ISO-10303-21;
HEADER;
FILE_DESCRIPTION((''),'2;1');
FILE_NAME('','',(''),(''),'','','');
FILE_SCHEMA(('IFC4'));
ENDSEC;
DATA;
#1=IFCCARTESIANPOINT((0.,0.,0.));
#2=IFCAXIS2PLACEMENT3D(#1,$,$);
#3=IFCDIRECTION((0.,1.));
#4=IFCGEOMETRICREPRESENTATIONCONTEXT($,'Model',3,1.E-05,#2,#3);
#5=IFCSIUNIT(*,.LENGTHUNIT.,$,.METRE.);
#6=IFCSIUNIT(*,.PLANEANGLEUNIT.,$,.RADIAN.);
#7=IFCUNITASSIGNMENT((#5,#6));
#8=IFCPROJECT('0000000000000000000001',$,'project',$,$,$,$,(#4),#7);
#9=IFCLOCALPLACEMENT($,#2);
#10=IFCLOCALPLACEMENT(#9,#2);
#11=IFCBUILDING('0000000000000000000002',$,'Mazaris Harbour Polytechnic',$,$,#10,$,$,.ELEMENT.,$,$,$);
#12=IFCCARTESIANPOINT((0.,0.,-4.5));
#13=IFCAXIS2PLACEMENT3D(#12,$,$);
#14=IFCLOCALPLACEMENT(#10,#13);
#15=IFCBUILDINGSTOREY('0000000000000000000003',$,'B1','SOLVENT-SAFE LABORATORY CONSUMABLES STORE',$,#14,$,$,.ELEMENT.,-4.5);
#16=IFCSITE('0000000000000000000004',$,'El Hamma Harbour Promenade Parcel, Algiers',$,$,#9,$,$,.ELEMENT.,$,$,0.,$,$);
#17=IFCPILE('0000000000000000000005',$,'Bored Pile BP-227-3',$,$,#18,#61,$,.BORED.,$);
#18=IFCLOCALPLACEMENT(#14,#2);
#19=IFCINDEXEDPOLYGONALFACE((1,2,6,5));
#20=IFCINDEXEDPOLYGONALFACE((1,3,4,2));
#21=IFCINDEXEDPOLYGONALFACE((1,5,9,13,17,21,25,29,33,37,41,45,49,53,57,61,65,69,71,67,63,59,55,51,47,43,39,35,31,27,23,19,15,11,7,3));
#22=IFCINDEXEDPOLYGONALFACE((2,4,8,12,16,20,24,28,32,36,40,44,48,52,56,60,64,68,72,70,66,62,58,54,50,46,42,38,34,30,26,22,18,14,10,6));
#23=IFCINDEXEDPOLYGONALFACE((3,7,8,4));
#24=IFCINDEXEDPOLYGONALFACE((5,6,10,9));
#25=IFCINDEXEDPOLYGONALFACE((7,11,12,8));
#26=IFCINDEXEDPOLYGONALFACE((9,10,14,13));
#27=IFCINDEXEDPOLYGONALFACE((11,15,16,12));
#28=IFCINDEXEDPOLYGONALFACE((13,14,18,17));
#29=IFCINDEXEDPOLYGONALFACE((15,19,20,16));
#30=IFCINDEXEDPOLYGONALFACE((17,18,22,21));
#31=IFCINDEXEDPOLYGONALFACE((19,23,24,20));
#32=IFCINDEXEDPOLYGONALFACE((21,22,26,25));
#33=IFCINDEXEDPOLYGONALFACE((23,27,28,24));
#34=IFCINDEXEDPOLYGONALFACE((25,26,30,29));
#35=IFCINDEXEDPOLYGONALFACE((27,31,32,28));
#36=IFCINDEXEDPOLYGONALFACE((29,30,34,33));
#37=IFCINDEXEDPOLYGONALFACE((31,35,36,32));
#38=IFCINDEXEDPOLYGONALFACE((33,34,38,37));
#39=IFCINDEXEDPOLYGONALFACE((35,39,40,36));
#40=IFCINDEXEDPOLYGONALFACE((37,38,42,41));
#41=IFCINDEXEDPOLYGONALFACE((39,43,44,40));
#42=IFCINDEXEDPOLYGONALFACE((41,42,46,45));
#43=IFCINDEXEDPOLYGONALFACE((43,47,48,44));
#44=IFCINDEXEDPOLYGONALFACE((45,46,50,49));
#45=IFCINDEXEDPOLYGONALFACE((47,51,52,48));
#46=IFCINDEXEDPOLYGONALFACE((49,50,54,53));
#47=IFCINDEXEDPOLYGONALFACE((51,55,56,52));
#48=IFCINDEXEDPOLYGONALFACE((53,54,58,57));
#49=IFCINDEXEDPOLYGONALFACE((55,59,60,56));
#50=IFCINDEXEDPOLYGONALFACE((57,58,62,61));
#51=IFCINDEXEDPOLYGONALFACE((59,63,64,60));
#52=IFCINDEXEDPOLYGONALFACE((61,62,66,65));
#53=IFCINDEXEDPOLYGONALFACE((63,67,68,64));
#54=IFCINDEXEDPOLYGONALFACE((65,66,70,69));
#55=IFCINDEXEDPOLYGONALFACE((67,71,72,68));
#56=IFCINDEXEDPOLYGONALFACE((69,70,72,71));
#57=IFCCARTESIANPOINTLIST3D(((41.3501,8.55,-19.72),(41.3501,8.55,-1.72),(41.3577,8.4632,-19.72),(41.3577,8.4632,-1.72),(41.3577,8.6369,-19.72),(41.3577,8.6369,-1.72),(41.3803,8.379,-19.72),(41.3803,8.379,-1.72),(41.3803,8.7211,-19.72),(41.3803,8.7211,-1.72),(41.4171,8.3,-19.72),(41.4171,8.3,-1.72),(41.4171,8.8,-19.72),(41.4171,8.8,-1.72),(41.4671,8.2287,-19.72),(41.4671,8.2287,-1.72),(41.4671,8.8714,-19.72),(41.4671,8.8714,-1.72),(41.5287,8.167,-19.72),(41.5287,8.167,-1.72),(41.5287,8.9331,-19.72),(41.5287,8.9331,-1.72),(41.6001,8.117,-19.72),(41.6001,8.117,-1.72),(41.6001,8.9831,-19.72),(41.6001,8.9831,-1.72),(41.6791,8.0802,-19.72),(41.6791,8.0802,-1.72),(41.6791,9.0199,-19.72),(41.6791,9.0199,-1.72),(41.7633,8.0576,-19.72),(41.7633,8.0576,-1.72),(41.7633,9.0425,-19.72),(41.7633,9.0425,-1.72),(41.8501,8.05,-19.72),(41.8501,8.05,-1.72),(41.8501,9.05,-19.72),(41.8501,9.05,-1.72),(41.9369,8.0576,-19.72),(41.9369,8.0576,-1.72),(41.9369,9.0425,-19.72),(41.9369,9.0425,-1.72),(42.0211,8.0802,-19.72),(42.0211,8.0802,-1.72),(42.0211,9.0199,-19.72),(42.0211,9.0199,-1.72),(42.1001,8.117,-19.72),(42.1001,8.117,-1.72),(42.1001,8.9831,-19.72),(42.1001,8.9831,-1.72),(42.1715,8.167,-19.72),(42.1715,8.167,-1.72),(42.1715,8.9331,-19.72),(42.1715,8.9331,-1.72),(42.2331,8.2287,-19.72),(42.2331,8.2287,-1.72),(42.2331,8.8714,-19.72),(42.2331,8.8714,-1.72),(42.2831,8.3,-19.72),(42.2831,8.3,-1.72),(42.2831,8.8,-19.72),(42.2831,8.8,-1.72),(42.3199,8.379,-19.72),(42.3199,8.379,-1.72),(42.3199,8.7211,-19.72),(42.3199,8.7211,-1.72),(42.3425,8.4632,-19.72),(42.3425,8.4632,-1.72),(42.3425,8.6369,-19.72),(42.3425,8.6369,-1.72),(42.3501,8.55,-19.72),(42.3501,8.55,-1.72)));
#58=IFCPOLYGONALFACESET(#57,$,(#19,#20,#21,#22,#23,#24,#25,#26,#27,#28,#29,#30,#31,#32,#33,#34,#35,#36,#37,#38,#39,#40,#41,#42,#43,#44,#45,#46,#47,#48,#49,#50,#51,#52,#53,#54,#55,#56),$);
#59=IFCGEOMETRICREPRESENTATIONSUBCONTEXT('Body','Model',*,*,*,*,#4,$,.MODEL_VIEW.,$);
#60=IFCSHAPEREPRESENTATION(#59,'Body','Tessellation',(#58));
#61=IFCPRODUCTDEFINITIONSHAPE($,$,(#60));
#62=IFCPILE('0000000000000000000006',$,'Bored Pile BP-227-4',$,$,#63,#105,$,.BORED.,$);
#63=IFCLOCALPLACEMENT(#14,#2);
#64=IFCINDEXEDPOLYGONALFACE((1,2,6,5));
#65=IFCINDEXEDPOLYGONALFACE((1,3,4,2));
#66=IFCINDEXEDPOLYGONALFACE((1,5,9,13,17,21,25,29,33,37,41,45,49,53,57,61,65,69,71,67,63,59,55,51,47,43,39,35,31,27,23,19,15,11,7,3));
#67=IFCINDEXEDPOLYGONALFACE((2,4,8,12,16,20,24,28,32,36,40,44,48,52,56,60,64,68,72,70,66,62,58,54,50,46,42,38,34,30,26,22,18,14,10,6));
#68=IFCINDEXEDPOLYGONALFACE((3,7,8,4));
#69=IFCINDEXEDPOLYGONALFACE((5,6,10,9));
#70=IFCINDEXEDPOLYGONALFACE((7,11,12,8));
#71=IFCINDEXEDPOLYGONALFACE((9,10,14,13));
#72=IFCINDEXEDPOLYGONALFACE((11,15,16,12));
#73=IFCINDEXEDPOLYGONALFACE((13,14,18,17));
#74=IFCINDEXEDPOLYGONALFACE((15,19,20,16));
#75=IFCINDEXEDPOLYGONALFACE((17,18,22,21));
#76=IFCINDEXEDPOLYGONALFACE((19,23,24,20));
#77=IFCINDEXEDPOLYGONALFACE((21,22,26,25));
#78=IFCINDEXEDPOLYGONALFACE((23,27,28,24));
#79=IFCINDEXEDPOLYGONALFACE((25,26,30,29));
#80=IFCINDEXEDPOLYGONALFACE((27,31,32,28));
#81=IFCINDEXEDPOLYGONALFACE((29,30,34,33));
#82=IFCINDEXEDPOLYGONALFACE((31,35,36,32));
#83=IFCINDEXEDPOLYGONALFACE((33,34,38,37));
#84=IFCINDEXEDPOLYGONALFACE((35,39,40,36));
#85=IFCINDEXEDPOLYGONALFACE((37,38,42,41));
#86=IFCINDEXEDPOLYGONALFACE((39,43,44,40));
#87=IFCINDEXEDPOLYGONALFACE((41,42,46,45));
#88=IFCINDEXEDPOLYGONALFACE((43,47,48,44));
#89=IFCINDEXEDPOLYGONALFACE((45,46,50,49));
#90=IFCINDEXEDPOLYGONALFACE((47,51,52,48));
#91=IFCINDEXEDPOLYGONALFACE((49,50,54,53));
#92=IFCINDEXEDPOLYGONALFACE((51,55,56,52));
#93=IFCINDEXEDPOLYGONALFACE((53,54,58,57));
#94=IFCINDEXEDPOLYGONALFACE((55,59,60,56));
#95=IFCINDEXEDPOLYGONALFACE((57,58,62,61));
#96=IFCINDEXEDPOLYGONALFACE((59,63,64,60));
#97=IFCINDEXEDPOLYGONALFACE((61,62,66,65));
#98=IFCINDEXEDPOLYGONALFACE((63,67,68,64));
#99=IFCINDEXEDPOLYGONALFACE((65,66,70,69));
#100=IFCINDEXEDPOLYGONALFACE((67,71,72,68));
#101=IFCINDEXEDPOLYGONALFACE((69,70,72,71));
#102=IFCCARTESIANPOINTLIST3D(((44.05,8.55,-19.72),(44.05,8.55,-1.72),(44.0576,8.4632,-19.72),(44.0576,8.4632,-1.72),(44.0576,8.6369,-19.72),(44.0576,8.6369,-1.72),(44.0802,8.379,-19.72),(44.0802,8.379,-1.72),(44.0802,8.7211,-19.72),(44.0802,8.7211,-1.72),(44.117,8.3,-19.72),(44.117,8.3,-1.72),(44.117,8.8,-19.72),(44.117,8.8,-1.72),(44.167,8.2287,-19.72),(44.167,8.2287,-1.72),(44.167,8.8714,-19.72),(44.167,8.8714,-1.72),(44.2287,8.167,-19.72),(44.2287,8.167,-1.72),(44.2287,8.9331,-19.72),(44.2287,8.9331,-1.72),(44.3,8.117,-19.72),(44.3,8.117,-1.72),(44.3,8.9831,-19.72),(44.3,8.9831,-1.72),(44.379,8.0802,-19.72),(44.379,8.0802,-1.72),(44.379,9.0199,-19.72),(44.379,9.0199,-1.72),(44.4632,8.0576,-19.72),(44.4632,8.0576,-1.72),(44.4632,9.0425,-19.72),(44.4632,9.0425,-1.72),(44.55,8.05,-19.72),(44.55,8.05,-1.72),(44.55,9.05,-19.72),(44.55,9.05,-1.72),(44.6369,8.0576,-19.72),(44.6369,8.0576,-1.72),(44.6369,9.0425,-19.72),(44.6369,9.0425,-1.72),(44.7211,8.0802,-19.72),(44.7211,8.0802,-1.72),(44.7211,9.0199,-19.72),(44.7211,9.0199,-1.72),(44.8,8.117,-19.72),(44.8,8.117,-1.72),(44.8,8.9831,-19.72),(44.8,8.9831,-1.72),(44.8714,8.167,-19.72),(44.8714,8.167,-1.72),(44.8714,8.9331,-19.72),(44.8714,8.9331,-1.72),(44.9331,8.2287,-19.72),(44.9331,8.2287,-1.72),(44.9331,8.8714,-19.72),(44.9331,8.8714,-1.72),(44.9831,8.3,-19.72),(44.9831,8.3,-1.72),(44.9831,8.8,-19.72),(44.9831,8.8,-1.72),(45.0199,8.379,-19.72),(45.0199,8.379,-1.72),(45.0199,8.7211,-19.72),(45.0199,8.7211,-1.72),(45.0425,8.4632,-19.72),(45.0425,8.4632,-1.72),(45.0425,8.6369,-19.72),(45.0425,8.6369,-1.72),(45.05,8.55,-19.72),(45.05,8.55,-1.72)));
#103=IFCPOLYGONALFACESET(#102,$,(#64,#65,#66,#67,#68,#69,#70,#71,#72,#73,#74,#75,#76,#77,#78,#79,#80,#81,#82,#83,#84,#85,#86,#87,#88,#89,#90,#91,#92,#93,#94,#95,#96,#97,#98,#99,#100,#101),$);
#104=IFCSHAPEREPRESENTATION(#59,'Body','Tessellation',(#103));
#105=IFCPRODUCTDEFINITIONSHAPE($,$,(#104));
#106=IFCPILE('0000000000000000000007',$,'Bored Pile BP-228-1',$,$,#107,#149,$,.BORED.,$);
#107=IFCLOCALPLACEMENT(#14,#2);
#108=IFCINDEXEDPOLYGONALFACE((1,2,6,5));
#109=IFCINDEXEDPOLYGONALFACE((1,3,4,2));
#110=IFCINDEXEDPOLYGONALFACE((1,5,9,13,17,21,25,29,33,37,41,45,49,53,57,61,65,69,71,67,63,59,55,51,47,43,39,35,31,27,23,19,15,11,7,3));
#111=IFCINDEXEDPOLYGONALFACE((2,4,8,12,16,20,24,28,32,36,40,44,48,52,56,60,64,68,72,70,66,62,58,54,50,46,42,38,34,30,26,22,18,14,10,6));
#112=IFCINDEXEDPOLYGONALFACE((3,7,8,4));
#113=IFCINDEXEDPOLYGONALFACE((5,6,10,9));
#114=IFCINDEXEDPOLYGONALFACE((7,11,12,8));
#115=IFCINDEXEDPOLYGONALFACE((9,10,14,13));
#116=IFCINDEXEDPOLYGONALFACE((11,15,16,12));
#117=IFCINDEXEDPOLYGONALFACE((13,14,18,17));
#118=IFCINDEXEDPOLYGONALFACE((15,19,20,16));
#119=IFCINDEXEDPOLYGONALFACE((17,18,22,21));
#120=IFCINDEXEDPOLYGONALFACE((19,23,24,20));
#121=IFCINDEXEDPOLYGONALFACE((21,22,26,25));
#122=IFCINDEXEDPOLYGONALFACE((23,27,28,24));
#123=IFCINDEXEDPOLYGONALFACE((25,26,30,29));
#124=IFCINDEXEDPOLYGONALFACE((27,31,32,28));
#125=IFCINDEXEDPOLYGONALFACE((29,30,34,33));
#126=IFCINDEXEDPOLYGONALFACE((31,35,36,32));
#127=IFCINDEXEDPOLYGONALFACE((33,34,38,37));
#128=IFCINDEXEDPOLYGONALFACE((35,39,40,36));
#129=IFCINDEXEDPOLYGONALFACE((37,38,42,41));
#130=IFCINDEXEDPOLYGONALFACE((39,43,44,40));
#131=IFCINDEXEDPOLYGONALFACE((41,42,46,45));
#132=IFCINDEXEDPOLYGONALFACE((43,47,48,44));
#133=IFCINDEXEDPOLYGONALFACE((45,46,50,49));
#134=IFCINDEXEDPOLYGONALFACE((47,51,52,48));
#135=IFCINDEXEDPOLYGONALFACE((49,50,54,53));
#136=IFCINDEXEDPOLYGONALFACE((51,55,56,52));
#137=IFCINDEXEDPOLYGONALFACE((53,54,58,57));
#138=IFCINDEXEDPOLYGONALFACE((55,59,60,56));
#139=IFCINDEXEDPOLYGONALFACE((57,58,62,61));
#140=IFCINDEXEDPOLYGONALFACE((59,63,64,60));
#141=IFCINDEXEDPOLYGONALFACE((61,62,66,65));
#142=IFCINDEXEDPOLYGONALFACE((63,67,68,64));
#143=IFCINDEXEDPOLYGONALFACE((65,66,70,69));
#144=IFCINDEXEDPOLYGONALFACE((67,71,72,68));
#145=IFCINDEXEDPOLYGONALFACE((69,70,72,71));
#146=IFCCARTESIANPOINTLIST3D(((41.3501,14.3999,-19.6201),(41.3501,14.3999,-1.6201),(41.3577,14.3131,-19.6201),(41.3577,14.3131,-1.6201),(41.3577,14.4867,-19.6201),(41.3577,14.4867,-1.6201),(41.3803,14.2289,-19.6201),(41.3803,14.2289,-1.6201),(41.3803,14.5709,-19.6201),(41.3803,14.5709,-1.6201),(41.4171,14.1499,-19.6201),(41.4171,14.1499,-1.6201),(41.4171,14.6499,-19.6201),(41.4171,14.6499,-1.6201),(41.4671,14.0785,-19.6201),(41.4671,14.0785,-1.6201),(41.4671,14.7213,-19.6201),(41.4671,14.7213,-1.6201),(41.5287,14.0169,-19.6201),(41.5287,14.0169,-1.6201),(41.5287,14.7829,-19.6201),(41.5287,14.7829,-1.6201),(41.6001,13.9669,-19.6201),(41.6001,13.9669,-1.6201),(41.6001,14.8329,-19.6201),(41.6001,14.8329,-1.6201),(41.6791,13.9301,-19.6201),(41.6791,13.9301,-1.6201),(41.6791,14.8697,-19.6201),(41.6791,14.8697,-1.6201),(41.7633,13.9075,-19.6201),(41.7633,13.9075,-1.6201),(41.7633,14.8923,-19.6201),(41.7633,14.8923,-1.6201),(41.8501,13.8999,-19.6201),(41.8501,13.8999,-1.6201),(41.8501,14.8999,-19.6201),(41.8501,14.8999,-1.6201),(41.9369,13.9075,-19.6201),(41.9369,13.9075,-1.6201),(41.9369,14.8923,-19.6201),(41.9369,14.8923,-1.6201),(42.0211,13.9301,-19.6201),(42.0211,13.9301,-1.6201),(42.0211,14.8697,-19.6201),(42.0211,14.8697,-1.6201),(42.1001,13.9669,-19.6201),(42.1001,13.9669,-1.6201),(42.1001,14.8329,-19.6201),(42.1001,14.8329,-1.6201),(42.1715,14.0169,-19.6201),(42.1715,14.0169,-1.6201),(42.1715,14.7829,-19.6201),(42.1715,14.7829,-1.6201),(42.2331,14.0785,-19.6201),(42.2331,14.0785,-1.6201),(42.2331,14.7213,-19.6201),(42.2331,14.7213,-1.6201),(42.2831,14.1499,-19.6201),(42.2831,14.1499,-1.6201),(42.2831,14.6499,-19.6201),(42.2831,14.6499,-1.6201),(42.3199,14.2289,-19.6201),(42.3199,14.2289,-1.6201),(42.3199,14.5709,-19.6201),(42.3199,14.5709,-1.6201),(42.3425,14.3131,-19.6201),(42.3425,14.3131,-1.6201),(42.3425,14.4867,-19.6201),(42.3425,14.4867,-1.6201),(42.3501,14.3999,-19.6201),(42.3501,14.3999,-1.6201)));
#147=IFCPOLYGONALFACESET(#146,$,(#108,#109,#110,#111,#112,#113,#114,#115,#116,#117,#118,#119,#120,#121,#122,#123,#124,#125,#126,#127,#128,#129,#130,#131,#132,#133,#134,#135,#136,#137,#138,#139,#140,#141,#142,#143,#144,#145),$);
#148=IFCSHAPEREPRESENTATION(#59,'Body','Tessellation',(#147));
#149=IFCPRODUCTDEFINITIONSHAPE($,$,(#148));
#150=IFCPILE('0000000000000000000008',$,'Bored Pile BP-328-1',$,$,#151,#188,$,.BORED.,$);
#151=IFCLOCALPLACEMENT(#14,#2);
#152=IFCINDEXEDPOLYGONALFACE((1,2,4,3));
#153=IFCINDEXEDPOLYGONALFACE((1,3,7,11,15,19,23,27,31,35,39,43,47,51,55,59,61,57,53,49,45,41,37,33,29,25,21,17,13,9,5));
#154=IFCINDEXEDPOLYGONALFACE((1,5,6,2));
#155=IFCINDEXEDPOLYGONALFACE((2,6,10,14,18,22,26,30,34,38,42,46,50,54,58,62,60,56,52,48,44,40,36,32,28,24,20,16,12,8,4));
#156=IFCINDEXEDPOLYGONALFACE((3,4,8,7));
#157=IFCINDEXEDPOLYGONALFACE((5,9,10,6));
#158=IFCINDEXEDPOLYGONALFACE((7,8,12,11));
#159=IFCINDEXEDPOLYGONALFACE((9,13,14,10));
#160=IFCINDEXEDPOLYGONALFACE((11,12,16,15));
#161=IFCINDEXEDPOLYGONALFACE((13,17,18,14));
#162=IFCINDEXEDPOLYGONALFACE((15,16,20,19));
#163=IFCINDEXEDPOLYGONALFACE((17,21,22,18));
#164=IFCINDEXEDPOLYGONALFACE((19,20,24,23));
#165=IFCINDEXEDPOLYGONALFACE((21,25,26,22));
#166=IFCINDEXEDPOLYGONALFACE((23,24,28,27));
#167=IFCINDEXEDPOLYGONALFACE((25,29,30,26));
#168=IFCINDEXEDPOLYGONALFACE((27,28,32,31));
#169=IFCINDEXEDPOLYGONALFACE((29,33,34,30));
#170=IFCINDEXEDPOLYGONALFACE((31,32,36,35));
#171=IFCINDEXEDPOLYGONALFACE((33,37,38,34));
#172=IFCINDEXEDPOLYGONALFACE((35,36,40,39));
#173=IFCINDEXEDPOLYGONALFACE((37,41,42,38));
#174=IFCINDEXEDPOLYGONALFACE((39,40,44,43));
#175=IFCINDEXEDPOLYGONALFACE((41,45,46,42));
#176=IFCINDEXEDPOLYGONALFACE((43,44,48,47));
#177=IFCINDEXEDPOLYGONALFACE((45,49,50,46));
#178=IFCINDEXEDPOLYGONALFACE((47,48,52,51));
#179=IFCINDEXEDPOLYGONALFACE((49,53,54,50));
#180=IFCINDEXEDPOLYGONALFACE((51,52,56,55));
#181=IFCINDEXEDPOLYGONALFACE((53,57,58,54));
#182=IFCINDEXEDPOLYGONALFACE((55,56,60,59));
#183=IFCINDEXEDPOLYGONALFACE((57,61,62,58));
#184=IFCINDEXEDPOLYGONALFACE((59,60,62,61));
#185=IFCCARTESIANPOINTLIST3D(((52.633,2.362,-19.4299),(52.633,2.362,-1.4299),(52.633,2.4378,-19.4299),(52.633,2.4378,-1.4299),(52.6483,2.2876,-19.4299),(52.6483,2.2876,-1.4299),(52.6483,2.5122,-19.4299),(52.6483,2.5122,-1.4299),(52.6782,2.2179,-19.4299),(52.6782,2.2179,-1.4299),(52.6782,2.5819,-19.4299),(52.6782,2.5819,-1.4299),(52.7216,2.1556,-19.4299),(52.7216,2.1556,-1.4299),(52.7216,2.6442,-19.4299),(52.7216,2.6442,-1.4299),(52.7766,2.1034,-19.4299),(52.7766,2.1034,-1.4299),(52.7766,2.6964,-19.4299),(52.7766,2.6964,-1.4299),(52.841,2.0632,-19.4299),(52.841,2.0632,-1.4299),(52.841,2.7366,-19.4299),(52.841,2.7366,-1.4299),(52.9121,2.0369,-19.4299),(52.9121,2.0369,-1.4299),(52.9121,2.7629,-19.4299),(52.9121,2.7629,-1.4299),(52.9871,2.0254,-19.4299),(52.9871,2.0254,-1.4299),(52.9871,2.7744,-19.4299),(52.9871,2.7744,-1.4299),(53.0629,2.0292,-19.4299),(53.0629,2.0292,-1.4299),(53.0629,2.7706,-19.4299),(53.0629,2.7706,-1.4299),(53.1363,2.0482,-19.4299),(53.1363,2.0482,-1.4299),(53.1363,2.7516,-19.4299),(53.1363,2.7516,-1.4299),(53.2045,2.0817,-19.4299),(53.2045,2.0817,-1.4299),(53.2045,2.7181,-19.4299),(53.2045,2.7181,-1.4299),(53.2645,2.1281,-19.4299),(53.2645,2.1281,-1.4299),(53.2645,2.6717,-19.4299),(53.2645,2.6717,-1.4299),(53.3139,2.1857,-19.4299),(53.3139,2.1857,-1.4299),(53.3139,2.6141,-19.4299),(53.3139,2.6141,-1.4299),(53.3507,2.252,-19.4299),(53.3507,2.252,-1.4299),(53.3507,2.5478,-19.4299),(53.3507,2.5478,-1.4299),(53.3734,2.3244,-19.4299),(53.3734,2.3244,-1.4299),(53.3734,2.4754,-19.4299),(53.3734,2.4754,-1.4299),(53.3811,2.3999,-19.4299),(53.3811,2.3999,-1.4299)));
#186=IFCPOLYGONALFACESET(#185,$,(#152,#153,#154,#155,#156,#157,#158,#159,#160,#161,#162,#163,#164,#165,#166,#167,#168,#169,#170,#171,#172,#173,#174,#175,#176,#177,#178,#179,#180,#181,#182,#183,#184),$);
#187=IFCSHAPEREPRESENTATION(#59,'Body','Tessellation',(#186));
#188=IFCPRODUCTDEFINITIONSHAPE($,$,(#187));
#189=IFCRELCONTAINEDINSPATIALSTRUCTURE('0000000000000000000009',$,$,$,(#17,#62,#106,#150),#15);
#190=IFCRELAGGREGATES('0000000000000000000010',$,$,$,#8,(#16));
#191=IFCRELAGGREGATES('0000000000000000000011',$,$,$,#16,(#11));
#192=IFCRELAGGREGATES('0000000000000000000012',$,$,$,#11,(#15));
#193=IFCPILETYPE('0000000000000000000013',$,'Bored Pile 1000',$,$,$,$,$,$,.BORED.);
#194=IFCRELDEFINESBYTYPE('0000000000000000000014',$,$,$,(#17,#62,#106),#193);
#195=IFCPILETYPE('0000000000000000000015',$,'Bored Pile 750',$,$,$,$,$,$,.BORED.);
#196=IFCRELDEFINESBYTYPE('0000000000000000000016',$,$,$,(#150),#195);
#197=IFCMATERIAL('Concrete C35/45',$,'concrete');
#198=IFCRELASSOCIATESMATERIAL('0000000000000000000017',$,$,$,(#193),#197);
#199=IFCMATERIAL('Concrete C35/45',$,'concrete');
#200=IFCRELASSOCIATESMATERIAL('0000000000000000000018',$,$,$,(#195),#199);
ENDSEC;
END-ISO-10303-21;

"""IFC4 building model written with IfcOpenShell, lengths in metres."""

from ifc_helpers import new_model, si_unit, direction, frame, origin, origin_2d, place, context, subcontext, project, spatial, circle, extrude, material, material_profile, profile_set, type_object, element, save


model = new_model("IFC4")

# Units and contexts
model_context = context("Model", 3, precision=1e-05, world=origin(), true_north=direction((0.0, 1.0)))
body_context = subcontext(model_context, "Body", "Model", "MODEL_VIEW")
ifc_project = project(units=[si_unit("LENGTHUNIT", "METRE"), si_unit("PLANEANGLEUNIT", "RADIAN")], contexts=[model_context])

# Site, building, storey
site_placement = place(None, origin())
site = spatial("IfcSite", under=ifc_project, at=site_placement, Name="El Hamma Harbour Promenade Parcel, Algiers", CompositionType="ELEMENT", RefElevation=0.0)
building_placement = place(site_placement, origin())
building = spatial("IfcBuilding", under=site, at=building_placement, Name="Mazaris Harbour Polytechnic", CompositionType="ELEMENT")
storey_placement = place(building_placement, frame((0.0, 0.0, -4.5)))
storey = spatial("IfcBuildingStorey", under=building, at=storey_placement, Name="B1", Description="SOLVENT-SAFE LABORATORY CONSUMABLES STORE", CompositionType="ELEMENT", Elevation=-4.5)

# Piles
ifc_material_1 = material(Name="Concrete C35/45", Category="concrete")
ifc_material_profile_1 = material_profile(ifc_material_1, circle(Radius=0.5, at=origin_2d()), Name="DIA1000")
ifc_profile_set_1 = profile_set([ifc_material_profile_1], Name="Concrete C35/45")
pile_type_1 = type_object("IfcPileType", Name="Bored Pile 1000", PredefinedType="BORED", material=ifc_profile_set_1)
for number, where, z_axis, x_axis, name in (
    (1, (41.8501, 8.55, -1.72), (0.0, 0.0, -1.0), (1.0, 0.0, 0.0), "Bored Pile BP-227-3"),
    (2, (44.55, 8.55, -1.72), (0.0, 0.0, -1.0), (1.0, 0.0, 0.0), "Bored Pile BP-227-4"),
    (3, (41.8501, 14.3999, -1.6201), (0.0, 0.0, -1.0), (1.0, 0.0, 0.0), "Bored Pile BP-228-1"),
):
    element("IfcPile", number, at=place(storey_placement, frame(where, z_axis=z_axis, x_axis=x_axis)), inside=storey, type_object=pile_type_1, Name=name, PredefinedType="BORED", context=body_context, shape_type="SweptSolid", body=[
        extrude(circle(Radius=0.5, at=origin_2d()), origin(), (0.0, 0.0, 1.0), 18.0),
    ])
ifc_material_2 = material(Name="Concrete C35/45", Category="concrete")
ifc_material_profile_2 = material_profile(ifc_material_2, circle(Radius=0.375, at=origin_2d()), Name="DIA750")
ifc_profile_set_2 = profile_set([ifc_material_profile_2], Name="Concrete C35/45")
pile_type_2 = type_object("IfcPileType", Name="Bored Pile 750", PredefinedType="BORED", material=ifc_profile_set_2)
pile_1_placement = place(storey_placement, frame((53.0061, 2.3999, -1.4299), z_axis=(0.0, 0.0, -1.0), x_axis=(1.0, 0.0, 0.0)))
element("IfcPile", 4, at=pile_1_placement, inside=storey, type_object=pile_type_2, Name="Bored Pile BP-328-1", PredefinedType="BORED", context=body_context, shape_type="SweptSolid", body=[
    extrude(circle(Radius=0.375, at=origin_2d()), origin(), (0.0, 0.0, 1.0), 18.0),
])

save(model, "model.ifc")
